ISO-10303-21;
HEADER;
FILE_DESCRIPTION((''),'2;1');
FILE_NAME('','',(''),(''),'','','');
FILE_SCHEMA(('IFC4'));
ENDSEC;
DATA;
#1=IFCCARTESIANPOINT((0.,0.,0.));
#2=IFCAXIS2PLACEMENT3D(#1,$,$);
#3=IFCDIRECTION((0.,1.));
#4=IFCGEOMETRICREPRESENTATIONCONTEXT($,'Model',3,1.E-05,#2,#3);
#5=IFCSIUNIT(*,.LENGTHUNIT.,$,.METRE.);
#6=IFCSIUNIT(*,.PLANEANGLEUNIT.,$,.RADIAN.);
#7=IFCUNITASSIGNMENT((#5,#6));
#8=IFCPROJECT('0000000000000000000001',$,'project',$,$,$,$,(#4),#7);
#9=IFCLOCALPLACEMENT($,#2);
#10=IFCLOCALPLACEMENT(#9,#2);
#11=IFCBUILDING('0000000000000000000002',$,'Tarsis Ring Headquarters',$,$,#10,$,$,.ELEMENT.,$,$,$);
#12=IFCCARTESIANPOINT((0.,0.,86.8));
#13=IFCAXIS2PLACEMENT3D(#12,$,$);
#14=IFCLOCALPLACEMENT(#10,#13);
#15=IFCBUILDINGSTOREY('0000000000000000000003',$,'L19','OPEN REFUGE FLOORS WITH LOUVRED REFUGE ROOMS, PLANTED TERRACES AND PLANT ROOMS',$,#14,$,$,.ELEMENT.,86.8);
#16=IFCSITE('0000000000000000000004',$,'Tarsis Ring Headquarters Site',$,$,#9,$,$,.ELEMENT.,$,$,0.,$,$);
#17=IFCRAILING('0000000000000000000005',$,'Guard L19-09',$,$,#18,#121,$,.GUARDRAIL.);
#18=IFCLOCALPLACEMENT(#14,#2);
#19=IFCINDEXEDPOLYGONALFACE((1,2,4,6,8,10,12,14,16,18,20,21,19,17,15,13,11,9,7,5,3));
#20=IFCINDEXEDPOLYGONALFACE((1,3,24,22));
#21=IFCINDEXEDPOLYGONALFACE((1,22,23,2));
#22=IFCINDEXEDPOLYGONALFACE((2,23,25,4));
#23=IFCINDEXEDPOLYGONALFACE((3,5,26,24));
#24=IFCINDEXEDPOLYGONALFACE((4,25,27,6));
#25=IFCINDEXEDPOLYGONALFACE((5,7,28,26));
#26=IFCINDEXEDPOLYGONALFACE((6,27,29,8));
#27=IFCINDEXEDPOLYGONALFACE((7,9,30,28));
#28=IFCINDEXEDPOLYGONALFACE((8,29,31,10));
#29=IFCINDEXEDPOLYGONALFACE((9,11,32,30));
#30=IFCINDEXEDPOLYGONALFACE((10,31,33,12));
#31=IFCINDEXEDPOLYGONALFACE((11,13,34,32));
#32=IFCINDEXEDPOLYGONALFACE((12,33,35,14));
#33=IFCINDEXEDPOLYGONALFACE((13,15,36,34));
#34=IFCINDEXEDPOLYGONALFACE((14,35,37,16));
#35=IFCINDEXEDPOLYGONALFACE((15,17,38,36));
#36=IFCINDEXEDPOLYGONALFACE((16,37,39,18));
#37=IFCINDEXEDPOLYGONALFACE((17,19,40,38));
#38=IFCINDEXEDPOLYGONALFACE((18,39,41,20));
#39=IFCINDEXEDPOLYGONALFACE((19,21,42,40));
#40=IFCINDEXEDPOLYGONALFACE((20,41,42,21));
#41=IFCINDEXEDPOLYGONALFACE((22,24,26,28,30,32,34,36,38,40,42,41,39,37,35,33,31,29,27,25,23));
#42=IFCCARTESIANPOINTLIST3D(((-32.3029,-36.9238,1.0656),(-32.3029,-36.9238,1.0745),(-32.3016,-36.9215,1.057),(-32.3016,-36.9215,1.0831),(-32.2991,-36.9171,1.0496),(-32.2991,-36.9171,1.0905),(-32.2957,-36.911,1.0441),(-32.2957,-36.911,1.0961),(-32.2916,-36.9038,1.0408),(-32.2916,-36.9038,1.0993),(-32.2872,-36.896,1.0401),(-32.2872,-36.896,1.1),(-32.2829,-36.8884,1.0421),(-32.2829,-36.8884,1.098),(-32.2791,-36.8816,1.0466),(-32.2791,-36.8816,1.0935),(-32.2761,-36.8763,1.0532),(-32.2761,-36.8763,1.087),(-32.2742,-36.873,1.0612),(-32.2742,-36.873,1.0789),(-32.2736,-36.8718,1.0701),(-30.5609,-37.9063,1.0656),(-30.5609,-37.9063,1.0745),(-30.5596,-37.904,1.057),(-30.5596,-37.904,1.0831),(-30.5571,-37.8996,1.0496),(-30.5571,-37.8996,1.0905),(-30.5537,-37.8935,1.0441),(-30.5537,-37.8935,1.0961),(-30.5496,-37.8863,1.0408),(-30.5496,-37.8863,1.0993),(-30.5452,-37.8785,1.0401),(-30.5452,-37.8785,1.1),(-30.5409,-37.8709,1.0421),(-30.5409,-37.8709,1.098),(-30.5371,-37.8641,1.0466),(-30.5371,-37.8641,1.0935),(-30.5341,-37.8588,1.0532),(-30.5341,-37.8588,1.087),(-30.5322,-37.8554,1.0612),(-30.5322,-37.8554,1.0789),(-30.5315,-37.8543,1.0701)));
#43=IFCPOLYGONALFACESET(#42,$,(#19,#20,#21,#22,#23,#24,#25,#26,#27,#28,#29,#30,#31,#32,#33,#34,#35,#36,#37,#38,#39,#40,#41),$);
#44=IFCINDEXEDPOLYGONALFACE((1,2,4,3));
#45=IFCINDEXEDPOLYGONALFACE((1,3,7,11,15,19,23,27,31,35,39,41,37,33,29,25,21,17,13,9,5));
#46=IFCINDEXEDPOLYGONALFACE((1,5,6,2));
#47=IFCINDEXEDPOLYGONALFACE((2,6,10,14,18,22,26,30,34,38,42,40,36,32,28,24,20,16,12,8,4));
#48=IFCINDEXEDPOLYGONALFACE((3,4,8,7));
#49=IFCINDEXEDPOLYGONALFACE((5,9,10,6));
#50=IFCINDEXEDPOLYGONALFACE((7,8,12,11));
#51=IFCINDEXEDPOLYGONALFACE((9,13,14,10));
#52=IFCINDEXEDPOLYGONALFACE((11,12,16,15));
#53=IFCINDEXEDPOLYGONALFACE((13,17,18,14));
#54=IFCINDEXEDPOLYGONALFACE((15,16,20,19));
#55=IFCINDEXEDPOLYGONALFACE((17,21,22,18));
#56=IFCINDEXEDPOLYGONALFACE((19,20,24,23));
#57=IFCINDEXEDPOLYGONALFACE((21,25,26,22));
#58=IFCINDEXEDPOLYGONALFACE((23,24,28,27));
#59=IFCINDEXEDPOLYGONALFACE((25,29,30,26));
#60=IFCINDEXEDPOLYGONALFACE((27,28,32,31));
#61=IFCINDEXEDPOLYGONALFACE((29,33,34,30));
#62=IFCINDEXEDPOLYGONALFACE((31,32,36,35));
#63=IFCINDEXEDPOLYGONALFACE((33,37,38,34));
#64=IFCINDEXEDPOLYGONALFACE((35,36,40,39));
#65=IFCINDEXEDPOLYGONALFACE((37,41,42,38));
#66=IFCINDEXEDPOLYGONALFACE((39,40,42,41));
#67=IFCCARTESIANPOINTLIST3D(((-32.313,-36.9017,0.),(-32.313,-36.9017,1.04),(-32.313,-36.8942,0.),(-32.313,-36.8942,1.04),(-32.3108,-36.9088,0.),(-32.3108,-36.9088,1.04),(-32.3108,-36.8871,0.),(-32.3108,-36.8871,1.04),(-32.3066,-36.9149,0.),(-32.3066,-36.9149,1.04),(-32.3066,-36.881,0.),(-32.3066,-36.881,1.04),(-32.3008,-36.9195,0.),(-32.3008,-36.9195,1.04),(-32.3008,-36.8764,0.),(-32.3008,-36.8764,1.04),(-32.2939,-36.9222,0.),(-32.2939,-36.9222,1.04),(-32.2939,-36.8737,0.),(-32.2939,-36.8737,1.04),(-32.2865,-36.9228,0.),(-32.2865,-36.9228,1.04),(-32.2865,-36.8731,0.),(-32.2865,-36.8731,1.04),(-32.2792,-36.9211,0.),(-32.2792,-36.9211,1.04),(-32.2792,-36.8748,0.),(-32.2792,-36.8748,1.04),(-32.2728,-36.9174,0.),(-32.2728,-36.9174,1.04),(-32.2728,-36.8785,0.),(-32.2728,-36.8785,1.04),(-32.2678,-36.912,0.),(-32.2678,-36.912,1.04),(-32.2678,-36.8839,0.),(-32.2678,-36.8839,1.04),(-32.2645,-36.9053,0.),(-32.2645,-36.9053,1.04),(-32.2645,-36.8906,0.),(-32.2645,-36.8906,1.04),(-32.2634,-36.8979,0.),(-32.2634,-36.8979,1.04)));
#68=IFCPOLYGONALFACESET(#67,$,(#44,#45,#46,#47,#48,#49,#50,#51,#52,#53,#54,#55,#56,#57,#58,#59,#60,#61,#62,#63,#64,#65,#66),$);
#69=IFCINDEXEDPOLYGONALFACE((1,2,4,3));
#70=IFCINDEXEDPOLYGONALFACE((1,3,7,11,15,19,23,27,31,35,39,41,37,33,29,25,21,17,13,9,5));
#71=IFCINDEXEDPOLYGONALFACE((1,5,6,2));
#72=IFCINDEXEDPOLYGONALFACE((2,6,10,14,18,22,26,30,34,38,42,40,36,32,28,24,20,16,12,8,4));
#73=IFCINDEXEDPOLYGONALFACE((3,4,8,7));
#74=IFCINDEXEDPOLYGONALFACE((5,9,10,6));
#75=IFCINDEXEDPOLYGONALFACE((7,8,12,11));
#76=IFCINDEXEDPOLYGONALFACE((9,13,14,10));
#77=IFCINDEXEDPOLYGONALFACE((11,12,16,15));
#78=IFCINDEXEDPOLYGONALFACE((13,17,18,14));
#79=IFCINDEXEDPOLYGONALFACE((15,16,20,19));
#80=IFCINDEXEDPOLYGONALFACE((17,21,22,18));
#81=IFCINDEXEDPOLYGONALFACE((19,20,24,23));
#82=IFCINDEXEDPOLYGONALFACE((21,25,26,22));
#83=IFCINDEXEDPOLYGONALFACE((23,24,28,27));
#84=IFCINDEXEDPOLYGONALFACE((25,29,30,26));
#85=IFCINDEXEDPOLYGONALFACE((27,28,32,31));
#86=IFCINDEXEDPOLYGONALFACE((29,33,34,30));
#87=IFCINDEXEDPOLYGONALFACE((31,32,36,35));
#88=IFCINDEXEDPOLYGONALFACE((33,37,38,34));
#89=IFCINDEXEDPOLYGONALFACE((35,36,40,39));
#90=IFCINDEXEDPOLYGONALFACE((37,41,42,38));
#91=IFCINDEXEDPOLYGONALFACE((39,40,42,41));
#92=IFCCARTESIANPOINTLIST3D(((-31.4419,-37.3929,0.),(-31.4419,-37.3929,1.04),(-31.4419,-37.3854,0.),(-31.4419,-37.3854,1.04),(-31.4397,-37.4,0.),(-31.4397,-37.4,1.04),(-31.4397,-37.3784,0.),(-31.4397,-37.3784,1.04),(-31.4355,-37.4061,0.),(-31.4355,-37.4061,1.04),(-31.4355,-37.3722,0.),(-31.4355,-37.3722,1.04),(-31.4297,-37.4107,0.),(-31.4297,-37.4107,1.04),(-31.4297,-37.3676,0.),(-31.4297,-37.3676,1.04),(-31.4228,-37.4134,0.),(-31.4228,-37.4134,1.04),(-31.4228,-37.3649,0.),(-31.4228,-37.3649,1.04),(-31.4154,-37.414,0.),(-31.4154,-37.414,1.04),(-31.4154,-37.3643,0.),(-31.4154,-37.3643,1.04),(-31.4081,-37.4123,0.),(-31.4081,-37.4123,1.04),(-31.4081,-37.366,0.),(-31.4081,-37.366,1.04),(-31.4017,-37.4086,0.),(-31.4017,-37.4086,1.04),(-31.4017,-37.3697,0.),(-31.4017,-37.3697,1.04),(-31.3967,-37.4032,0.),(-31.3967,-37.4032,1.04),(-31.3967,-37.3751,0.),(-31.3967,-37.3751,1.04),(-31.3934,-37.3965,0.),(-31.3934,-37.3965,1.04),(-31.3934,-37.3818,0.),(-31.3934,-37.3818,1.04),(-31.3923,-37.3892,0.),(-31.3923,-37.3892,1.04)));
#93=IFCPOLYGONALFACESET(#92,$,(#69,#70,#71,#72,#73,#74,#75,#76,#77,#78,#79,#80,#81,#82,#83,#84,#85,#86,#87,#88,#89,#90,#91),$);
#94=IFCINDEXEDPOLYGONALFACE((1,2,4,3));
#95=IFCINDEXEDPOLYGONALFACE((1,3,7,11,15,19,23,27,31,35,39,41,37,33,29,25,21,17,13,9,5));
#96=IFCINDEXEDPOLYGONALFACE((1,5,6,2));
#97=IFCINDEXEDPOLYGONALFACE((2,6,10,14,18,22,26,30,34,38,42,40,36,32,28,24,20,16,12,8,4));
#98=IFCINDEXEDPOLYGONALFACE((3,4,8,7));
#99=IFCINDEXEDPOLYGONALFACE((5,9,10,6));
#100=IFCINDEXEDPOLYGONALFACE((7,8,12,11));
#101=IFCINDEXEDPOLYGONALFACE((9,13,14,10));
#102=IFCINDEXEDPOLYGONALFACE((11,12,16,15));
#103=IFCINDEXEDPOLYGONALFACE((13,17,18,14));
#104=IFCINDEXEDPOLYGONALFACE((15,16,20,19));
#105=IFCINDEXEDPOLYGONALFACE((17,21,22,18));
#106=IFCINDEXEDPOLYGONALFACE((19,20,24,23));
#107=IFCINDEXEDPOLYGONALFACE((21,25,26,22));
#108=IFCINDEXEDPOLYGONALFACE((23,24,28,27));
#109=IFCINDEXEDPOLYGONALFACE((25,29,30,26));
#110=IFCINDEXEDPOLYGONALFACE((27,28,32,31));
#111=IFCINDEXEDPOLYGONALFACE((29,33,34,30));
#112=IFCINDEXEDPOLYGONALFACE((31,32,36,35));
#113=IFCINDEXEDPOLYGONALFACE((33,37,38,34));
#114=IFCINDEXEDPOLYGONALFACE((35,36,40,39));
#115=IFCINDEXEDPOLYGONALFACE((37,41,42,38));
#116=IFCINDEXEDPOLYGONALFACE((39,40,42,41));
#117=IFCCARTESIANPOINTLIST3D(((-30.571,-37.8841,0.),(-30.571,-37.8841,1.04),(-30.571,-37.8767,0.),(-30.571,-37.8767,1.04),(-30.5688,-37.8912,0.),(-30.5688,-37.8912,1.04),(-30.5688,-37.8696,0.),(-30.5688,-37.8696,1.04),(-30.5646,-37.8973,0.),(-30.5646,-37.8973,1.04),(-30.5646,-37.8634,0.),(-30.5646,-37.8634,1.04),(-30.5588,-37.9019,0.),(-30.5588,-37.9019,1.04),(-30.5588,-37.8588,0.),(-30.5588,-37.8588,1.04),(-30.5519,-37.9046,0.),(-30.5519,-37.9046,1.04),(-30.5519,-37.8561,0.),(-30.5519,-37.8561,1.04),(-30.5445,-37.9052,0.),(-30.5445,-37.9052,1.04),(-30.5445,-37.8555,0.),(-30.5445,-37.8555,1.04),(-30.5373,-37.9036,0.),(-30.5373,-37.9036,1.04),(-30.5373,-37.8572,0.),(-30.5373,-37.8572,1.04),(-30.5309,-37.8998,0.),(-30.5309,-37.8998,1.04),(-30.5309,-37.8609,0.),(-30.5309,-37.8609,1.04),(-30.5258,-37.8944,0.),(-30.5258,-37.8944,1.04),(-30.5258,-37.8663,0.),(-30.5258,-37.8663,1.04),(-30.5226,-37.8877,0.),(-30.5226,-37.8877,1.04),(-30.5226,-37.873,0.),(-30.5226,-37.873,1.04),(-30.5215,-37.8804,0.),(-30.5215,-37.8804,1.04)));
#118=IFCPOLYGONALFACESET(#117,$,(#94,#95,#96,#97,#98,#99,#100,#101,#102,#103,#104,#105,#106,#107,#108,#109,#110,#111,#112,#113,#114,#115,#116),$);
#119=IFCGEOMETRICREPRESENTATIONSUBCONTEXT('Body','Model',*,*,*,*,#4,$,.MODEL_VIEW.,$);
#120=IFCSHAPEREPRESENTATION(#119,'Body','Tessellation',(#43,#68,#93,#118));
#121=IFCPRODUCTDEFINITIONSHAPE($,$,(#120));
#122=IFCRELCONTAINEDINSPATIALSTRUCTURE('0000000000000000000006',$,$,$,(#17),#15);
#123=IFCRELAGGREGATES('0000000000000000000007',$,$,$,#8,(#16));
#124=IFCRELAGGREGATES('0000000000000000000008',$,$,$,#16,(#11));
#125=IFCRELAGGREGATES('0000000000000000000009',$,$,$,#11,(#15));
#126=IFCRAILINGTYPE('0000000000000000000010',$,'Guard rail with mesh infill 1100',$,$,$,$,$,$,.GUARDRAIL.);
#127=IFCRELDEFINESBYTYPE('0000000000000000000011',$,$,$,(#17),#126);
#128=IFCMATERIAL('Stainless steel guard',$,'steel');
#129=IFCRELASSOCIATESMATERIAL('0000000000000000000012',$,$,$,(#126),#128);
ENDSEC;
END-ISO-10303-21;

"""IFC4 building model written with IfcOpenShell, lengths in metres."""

from ifc_helpers import new_model, si_unit, direction, frame, origin, origin_2d, place, context, subcontext, project, spatial, circle, extrude, material, type_object, element, save


model = new_model("IFC4")

# Units and contexts
model_context = context("Model", 3, precision=1e-05, world=origin(), true_north=direction((0.0, 1.0)))
body_context = subcontext(model_context, "Body", "Model", "MODEL_VIEW")
ifc_project = project(units=[si_unit("LENGTHUNIT", "METRE"), si_unit("PLANEANGLEUNIT", "RADIAN")], contexts=[model_context])

# Site, building, storey
site_placement = place(None, origin())
site = spatial("IfcSite", under=ifc_project, at=site_placement, Name="Tarsis Ring Headquarters Site", CompositionType="ELEMENT", RefElevation=0.0)
building_placement = place(site_placement, origin())
building = spatial("IfcBuilding", under=site, at=building_placement, Name="Tarsis Ring Headquarters", CompositionType="ELEMENT")
storey_placement = place(building_placement, frame((0.0, 0.0, 86.8)))
storey = spatial("IfcBuildingStorey", under=building, at=storey_placement, Name="L19", Description="OPEN REFUGE FLOORS WITH LOUVRED REFUGE ROOMS, PLANTED TERRACES AND PLANT ROOMS", CompositionType="ELEMENT", Elevation=86.8)

# Railing
ifc_material_1 = material(Name="Stainless steel guard", Category="steel")
railing_type_1 = type_object("IfcRailingType", Name="Guard rail with mesh infill 1100", PredefinedType="GUARDRAIL", material=ifc_material_1)
railing_1_placement = place(storey_placement, frame((-32.2883, -36.8979, 0.0)))
element("IfcRailing", 1, at=railing_1_placement, inside=storey, type_object=railing_type_1, Name="Guard L19-09", PredefinedType="GUARDRAIL", context=body_context, shape_type="SweptSolid", body=[
    extrude(circle(Radius=0.03, at=origin_2d()), frame((0.0, 0.0, 1.0701), z_axis=(0.871024, -0.49124, 0.0), x_axis=(0.49124, 0.871024, 0.0)), (0.0, 0.0, 1.0), 2.0),
    extrude(circle(Radius=0.0249, at=origin_2d()), origin(), (0.0, 0.0, 1.0), 1.04),
    extrude(circle(Radius=0.0249, at=origin_2d()), frame((0.8711, -0.4912, 0.0)), (0.0, 0.0, 1.0), 1.04),
    extrude(circle(Radius=0.0249, at=origin_2d()), frame((1.7419, -0.9824, 0.0)), (0.0, 0.0, 1.0), 1.04),
])

save(model, "model.ifc")
